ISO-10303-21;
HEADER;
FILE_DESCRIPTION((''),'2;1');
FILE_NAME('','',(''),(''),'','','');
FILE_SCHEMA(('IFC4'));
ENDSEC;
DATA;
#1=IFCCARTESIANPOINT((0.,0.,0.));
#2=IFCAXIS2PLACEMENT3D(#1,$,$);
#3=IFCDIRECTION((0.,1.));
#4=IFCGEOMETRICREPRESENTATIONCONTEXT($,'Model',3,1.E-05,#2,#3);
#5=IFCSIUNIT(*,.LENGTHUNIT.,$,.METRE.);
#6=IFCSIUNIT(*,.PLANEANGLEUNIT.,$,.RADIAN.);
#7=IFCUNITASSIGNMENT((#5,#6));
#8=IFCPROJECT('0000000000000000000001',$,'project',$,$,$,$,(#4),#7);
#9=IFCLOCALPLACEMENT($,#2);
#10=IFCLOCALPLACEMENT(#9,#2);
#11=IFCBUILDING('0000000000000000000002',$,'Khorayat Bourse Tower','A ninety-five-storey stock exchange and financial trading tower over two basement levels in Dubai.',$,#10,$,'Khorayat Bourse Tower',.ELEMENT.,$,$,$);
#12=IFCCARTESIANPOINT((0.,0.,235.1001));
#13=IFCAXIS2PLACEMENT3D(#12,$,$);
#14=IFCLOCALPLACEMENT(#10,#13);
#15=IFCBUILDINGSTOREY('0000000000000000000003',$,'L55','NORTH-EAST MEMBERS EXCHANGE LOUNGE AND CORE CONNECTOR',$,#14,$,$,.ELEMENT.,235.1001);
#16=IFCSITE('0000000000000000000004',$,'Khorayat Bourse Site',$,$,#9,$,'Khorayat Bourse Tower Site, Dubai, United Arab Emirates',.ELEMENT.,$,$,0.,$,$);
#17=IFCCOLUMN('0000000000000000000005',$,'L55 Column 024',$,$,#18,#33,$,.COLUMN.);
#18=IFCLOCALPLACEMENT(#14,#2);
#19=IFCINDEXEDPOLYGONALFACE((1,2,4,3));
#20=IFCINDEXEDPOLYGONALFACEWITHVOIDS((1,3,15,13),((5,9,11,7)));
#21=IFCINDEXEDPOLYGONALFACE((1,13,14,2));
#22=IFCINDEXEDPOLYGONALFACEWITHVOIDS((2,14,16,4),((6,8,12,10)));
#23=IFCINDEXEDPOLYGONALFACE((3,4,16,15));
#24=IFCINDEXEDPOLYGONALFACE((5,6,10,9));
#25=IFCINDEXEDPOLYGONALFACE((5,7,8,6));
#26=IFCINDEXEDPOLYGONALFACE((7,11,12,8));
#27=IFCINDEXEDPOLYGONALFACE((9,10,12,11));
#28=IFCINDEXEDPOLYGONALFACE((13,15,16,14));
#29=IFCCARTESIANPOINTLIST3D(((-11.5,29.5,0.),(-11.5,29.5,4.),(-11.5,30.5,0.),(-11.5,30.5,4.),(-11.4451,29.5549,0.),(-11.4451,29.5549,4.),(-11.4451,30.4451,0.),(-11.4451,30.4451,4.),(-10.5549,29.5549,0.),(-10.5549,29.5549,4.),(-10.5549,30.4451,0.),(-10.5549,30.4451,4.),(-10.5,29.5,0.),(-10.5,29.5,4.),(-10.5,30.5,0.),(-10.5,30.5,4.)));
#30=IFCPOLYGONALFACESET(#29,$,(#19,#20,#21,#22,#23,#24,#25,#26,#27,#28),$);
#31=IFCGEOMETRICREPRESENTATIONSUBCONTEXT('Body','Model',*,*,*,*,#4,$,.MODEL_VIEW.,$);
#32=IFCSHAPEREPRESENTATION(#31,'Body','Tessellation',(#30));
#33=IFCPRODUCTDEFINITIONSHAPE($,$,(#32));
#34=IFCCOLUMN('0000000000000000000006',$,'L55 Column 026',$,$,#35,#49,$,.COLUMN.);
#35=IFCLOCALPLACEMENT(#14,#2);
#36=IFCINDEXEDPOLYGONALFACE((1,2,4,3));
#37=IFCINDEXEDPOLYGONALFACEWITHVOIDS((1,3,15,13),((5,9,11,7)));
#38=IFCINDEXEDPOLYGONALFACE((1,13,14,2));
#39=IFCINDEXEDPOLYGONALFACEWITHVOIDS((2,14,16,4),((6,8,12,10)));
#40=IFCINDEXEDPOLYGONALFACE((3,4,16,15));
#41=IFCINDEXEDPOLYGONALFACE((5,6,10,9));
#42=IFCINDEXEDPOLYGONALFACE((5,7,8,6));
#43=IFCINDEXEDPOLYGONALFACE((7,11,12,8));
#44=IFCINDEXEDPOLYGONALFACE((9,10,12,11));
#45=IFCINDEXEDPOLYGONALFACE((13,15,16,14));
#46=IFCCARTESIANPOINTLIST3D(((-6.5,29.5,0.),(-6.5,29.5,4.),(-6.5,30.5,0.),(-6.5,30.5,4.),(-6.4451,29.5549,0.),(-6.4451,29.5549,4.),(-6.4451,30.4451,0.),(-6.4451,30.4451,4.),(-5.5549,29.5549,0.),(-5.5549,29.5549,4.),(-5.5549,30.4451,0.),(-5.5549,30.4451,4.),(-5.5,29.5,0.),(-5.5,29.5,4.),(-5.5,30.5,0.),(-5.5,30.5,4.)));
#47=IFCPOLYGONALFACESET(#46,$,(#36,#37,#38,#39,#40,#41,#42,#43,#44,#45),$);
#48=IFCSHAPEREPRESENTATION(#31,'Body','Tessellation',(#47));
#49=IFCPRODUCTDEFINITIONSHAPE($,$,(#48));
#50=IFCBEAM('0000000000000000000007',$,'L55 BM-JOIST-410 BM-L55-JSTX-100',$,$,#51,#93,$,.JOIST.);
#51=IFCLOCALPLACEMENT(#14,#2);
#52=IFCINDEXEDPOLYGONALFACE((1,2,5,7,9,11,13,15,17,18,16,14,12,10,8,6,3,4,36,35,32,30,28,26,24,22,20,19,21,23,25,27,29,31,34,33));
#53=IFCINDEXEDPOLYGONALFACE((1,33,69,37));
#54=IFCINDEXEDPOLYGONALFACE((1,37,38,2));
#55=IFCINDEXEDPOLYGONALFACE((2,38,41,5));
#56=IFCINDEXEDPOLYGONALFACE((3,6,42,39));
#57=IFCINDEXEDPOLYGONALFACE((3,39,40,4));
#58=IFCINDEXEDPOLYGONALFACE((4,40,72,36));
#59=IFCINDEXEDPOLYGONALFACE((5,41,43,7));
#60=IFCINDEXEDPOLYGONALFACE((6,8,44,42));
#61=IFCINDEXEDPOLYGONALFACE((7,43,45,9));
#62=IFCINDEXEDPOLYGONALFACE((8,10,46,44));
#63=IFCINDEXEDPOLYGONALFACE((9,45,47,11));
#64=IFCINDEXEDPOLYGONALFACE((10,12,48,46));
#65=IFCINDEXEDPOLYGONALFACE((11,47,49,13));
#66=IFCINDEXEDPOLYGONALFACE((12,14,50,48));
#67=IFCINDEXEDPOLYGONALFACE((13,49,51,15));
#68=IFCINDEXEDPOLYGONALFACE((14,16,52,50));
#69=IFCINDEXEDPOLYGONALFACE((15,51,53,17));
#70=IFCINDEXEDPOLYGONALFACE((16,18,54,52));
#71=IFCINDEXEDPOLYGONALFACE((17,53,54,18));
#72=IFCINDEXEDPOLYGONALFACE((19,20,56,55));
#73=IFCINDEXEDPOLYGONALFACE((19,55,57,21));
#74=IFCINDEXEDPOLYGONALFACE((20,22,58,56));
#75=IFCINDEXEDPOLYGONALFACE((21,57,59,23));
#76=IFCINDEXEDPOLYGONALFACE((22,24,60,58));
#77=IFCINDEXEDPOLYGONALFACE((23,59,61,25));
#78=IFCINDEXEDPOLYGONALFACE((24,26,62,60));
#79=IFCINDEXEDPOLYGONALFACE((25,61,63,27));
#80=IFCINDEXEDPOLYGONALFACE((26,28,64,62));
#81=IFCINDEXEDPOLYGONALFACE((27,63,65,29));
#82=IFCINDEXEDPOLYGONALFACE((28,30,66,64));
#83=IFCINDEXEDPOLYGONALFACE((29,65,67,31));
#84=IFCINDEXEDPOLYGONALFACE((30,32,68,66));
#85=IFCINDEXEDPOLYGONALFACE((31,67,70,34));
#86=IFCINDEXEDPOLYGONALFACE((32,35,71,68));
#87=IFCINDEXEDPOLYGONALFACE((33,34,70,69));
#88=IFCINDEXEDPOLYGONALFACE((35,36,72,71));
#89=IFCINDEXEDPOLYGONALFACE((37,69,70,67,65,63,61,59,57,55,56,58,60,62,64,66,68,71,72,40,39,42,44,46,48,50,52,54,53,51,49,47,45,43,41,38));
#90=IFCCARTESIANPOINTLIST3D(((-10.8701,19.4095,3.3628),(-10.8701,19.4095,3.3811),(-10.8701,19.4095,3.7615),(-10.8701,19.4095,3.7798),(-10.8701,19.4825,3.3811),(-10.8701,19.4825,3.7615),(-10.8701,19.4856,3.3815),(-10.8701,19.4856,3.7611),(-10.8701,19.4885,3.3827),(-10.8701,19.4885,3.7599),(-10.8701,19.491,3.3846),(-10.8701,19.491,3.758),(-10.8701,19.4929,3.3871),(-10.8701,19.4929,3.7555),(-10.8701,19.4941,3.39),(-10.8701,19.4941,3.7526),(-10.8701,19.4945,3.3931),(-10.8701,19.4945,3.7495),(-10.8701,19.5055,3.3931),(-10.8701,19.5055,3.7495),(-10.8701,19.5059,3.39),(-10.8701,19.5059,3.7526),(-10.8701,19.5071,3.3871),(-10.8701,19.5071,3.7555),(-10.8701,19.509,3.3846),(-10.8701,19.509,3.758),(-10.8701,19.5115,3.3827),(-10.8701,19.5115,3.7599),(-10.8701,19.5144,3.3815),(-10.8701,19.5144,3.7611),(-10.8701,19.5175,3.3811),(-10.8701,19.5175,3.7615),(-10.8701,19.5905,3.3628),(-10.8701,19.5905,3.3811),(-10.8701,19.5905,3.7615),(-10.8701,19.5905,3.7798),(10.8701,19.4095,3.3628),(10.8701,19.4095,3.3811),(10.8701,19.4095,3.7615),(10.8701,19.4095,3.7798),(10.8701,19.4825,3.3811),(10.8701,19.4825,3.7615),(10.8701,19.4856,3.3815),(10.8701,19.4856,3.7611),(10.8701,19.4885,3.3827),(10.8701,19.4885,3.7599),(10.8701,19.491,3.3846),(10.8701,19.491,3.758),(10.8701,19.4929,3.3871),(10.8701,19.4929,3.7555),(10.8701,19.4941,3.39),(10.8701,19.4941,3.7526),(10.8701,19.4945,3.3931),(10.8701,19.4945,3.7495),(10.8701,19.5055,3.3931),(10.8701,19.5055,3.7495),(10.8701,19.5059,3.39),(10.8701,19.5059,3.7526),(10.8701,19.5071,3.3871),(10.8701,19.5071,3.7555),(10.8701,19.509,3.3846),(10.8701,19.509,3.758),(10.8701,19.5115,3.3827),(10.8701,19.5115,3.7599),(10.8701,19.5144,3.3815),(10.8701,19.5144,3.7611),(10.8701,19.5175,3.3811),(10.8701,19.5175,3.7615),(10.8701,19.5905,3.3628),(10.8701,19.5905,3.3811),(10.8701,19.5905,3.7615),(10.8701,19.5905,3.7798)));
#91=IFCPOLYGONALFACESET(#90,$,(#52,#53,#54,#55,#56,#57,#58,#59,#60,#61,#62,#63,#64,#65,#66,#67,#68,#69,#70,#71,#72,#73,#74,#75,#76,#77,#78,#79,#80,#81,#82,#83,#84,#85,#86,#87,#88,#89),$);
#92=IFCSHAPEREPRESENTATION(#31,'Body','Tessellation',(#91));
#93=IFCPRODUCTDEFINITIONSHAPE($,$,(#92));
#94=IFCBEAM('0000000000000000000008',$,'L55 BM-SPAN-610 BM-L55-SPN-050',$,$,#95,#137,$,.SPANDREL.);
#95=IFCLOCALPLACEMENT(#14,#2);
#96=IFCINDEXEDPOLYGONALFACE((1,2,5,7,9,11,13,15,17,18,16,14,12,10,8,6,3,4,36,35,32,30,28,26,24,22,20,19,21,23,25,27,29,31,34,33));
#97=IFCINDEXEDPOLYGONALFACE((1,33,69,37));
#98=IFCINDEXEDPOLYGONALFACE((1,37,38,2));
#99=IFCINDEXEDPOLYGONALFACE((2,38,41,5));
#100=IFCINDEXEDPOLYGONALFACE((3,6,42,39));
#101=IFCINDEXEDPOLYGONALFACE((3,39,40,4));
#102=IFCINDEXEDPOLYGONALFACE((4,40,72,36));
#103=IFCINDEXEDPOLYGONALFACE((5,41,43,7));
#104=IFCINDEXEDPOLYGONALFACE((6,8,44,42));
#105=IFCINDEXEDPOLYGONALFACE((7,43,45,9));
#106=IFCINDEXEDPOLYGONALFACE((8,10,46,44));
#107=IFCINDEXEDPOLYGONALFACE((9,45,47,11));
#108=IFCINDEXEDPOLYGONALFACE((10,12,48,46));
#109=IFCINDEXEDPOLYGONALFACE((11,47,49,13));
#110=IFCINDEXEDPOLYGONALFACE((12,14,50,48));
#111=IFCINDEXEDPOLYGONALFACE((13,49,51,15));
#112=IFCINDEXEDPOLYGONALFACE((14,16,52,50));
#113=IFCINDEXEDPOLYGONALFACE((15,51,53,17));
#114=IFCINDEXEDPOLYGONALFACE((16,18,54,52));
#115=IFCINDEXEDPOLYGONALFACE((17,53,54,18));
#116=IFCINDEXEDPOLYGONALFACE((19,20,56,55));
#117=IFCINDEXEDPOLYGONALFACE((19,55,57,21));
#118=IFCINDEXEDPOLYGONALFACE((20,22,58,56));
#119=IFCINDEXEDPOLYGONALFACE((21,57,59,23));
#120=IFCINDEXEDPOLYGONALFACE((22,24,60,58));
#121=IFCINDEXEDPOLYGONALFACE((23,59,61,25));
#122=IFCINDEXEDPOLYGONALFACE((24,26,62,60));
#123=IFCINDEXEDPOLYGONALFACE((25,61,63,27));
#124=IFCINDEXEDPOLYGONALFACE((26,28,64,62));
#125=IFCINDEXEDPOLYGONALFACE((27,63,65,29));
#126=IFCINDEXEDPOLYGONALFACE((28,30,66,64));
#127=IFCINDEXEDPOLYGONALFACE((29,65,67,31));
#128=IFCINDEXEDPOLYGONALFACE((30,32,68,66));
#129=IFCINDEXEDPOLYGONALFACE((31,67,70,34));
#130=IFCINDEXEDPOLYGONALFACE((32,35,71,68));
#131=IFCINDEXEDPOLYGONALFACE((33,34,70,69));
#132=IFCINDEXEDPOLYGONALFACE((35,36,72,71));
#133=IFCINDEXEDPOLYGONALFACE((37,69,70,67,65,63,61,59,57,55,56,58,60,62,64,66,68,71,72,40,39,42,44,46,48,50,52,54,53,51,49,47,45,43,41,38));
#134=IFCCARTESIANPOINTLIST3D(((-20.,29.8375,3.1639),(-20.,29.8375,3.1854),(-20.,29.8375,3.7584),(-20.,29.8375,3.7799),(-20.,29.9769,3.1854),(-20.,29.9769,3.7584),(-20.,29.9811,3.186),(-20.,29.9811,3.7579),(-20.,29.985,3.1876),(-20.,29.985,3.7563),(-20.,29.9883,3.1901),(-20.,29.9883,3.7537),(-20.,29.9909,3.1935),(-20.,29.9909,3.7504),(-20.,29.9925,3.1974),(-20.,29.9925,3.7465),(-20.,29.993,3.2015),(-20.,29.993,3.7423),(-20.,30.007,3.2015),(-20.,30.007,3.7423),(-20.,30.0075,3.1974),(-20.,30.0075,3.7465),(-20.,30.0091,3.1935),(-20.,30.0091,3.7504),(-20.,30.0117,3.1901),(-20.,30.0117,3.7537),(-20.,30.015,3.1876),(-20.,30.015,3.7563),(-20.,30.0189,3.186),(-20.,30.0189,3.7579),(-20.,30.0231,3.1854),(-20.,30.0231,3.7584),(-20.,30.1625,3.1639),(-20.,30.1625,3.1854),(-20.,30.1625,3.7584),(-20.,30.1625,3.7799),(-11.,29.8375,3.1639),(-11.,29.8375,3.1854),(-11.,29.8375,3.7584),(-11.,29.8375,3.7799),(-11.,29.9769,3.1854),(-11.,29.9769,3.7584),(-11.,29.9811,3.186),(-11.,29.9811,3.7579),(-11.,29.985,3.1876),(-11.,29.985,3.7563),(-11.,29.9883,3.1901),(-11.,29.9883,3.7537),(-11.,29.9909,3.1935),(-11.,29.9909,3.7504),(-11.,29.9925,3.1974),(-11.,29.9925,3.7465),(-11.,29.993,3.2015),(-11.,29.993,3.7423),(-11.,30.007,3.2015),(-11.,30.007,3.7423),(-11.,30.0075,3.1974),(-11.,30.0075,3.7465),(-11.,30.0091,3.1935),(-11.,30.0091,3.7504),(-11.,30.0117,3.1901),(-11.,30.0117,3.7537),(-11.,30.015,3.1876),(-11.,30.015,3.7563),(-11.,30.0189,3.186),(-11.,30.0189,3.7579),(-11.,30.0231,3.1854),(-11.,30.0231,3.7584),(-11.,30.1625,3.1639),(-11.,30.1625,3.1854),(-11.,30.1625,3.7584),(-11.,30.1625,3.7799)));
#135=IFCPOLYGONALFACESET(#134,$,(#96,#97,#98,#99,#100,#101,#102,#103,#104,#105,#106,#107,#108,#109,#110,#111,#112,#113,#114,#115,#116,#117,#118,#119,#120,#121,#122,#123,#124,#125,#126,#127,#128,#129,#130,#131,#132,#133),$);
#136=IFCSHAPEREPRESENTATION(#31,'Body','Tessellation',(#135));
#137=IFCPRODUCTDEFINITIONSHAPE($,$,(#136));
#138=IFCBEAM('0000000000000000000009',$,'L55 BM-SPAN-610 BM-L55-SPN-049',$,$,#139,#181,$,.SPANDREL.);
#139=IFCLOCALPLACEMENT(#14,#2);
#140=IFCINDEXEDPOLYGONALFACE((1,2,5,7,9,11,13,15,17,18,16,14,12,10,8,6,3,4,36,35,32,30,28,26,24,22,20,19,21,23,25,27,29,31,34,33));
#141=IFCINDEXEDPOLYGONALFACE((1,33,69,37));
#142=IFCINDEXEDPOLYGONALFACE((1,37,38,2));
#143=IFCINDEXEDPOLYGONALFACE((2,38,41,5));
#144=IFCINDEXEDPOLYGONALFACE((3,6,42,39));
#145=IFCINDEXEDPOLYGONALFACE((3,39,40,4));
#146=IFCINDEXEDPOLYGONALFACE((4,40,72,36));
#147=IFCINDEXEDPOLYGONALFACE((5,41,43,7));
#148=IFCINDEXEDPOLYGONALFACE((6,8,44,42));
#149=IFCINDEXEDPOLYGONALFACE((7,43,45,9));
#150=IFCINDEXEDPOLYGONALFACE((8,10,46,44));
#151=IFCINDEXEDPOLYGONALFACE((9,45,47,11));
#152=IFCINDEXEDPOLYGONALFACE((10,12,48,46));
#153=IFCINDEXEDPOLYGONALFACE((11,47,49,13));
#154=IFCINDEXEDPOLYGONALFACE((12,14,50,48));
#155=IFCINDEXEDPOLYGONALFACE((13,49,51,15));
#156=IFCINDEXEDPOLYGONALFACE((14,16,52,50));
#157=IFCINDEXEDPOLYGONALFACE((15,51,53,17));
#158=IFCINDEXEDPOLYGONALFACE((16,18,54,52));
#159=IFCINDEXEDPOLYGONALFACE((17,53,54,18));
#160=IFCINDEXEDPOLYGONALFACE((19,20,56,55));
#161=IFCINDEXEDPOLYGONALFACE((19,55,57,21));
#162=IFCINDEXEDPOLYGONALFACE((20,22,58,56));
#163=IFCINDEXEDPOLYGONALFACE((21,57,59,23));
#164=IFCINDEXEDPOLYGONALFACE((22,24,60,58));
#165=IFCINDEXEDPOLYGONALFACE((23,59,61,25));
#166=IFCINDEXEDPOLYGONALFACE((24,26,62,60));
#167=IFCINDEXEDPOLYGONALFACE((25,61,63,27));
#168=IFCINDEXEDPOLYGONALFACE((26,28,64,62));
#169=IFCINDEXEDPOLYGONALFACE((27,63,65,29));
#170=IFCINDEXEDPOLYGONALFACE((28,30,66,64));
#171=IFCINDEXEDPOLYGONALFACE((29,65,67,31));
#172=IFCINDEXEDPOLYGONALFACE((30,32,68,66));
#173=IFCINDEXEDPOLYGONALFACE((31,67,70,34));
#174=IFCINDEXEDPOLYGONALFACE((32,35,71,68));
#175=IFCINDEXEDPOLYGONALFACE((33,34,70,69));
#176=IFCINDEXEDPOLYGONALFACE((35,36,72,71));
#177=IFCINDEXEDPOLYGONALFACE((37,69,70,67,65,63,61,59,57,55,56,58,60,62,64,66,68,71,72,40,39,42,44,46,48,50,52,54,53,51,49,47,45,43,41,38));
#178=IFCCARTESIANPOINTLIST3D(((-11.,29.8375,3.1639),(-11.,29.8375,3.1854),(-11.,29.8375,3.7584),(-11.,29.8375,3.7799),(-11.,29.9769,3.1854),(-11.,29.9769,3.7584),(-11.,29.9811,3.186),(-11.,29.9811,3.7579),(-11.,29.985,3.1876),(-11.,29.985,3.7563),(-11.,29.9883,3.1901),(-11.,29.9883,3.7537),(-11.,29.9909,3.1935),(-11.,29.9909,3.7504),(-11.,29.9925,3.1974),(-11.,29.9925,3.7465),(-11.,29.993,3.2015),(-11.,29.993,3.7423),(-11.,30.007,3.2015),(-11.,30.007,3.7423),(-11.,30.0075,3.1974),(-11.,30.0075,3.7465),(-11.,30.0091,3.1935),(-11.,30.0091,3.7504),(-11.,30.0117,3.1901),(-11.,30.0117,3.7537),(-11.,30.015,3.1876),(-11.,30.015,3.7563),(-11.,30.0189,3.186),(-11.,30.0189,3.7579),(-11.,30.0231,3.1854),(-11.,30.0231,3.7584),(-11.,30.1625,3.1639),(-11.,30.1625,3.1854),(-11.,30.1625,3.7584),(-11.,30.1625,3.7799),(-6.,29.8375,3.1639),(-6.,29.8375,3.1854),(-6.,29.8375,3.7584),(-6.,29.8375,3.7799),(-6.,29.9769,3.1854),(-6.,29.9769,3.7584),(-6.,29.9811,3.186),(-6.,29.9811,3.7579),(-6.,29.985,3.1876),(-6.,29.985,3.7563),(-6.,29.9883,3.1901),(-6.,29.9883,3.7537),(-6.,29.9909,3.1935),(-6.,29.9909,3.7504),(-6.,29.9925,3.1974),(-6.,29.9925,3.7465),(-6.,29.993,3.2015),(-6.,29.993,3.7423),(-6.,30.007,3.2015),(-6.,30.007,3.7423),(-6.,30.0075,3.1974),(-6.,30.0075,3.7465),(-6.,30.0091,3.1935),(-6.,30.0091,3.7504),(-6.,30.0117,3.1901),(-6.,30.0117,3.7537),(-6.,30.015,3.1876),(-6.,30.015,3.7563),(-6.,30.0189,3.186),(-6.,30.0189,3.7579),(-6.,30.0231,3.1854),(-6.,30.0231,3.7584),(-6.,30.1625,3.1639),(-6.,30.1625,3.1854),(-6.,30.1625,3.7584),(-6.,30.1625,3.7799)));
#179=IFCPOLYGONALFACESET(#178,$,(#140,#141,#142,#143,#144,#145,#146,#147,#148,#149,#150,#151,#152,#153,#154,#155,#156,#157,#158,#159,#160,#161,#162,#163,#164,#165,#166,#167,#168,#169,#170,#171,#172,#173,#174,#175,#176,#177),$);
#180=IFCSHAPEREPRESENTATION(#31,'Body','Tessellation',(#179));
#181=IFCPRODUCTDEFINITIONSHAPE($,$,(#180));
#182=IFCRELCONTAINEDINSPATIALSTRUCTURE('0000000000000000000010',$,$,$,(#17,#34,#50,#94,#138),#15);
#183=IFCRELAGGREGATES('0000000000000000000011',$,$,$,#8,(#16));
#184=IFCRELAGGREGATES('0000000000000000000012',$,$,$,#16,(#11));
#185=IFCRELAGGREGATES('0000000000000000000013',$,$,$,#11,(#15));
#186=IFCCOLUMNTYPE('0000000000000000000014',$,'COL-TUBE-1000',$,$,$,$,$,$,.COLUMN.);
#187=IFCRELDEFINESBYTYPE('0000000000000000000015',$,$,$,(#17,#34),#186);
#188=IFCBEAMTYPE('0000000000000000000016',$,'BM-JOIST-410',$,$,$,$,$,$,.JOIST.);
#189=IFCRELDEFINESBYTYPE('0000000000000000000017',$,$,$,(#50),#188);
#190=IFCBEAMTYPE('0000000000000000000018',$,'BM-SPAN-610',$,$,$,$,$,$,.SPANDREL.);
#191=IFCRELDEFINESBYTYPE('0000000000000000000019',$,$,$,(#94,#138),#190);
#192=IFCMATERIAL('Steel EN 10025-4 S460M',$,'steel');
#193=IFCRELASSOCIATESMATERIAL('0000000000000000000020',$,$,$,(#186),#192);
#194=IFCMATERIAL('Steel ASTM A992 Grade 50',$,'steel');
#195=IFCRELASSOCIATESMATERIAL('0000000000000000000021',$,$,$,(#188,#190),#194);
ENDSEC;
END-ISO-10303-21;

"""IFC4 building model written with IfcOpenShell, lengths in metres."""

from ifc_helpers import new_model, si_unit, direction, frame, origin, origin_2d, place, context, subcontext, project, spatial, hollow_rectangle, i_section, extrude, source, transform, mapped, material, material_profile, profile_set, type_object, element, save


model = new_model("IFC4")

# Units and contexts
model_context = context("Model", 3, precision=1e-05, world=origin(), true_north=direction((0.0, 1.0)))
body_context = subcontext(model_context, "Body", "Model", "MODEL_VIEW")
ifc_project = project(units=[si_unit("LENGTHUNIT", "METRE"), si_unit("PLANEANGLEUNIT", "RADIAN")], contexts=[model_context])

# Site, building, storey
site_placement = place(None, origin())
site = spatial("IfcSite", under=ifc_project, at=site_placement, Name="Khorayat Bourse Site", LongName="Khorayat Bourse Tower Site, Dubai, United Arab Emirates", CompositionType="ELEMENT", RefElevation=0.0)
building_placement = place(site_placement, origin())
building = spatial("IfcBuilding", under=site, at=building_placement, Name="Khorayat Bourse Tower", Description="A ninety-five-storey stock exchange and financial trading tower over two basement levels in Dubai.", LongName="Khorayat Bourse Tower", CompositionType="ELEMENT")
storey_placement = place(building_placement, frame((0.0, 0.0, 235.1001)))
storey = spatial("IfcBuildingStorey", under=building, at=storey_placement, Name="L55", Description="NORTH-EAST MEMBERS EXCHANGE LOUNGE AND CORE CONNECTOR", CompositionType="ELEMENT", Elevation=235.1001)

# Columns
ifc_material_1 = material(Name="Steel EN 10025-4 S460M", Category="steel")
ifc_material_profile_1 = material_profile(ifc_material_1, hollow_rectangle(XDim=1.0, YDim=1.0, WallThickness=0.0549, at=origin_2d()), Name="BOX 1000x1000x55")
ifc_profile_set_1 = profile_set([ifc_material_profile_1], Name="Steel EN 10025-4 S460M")
column_type = type_object("IfcColumnType", Name="COL-TUBE-1000", PredefinedType="COLUMN", material=ifc_profile_set_1)
shared_shape_1 = source(origin(), body_context, "Body", "SweptSolid", [
    extrude(hollow_rectangle(XDim=1.0, YDim=1.0, WallThickness=0.0549, at=origin_2d()), origin(), (0.0, 0.0, 1.0), 4.0),
])
for number, where, z_axis, x_axis, name in (
    (1, (-11.0, 30.0, 0.0), (0.0, 0.0, 1.0), (1.0, 0.0, 0.0), "L55 Column 024"),
    (2, (-6.0, 30.0, 0.0), (0.0, 0.0, 1.0), (1.0, 0.0, 0.0), "L55 Column 026"),
):
    element("IfcColumn", number, at=place(storey_placement, frame(where, z_axis=z_axis, x_axis=x_axis)), inside=storey, type_object=column_type, Name=name, PredefinedType="COLUMN", context=body_context, shape_type="MappedRepresentation", body=[
        mapped(shared_shape_1, transform((0.0, 0.0, 0.0), scale=1.0)),
    ])

# Beams
ifc_material_2 = material(Name="Steel ASTM A992 Grade 50", Category="steel")
ifc_material_profile_2 = material_profile(ifc_material_2, i_section(OverallWidth=0.1809, OverallDepth=0.417, WebThickness=0.011, FlangeThickness=0.0183, FilletRadius=0.012, at=origin_2d()), Name="W410X85")
ifc_profile_set_2 = profile_set([ifc_material_profile_2], Name="Steel ASTM A992 Grade 50")
beam_type_1 = type_object("IfcBeamType", Name="BM-JOIST-410", PredefinedType="JOIST", material=ifc_profile_set_2)
shared_shape_2 = source(origin(), body_context, "Body", "SweptSolid", [
    extrude(i_section(OverallWidth=0.1809, OverallDepth=0.417, WebThickness=0.011, FlangeThickness=0.0183, FilletRadius=0.012, at=origin_2d()), origin(), (0.0, 0.0, 1.0), 21.7402),
])
beam_1_placement = place(storey_placement, frame((-10.8701, 19.5, 3.5713), z_axis=(1.0, 0.0, 0.0), x_axis=(0.0, 1.0, 0.0)))
element("IfcBeam", 3, at=beam_1_placement, inside=storey, type_object=beam_type_1, Name="L55 BM-JOIST-410 BM-L55-JSTX-100", PredefinedType="JOIST", context=body_context, shape_type="MappedRepresentation", body=[
    mapped(shared_shape_2, transform((0.0, 0.0, 0.0), scale=1.0)),
])
ifc_material_profile_3 = material_profile(ifc_material_2, i_section(OverallWidth=0.325, OverallDepth=0.616, WebThickness=0.0139, FlangeThickness=0.0215, FilletRadius=0.0161, at=origin_2d()), Name="W610X174")
ifc_profile_set_3 = profile_set([ifc_material_profile_3], Name="Steel ASTM A992 Grade 50")
beam_type_2 = type_object("IfcBeamType", Name="BM-SPAN-610", PredefinedType="SPANDREL", material=ifc_profile_set_3)
shared_shape_3 = source(origin(), body_context, "Body", "SweptSolid", [
    extrude(i_section(OverallWidth=0.325, OverallDepth=0.616, WebThickness=0.0139, FlangeThickness=0.0215, FilletRadius=0.0161, at=origin_2d()), origin(), (0.0, 0.0, 1.0), 9.0),
])
beam_2_placement = place(storey_placement, frame((-20.0, 30.0, 3.4719), z_axis=(1.0, 0.0, 0.0), x_axis=(0.0, 1.0, 0.0)))
element("IfcBeam", 4, at=beam_2_placement, inside=storey, type_object=beam_type_2, Name="L55 BM-SPAN-610 BM-L55-SPN-050", PredefinedType="SPANDREL", context=body_context, shape_type="MappedRepresentation", body=[
    mapped(shared_shape_3, transform((0.0, 0.0, 0.0), scale=1.0)),
])
shared_shape_4 = source(origin(), body_context, "Body", "SweptSolid", [
    extrude(i_section(OverallWidth=0.325, OverallDepth=0.616, WebThickness=0.0139, FlangeThickness=0.0215, FilletRadius=0.0161, at=origin_2d()), origin(), (0.0, 0.0, 1.0), 5.0),
])
beam_3_placement = place(storey_placement, frame((-11.0, 30.0, 3.4719), z_axis=(1.0, 0.0, 0.0), x_axis=(0.0, 1.0, 0.0)))
element("IfcBeam", 5, at=beam_3_placement, inside=storey, type_object=beam_type_2, Name="L55 BM-SPAN-610 BM-L55-SPN-049", PredefinedType="SPANDREL", context=body_context, shape_type="MappedRepresentation", body=[
    mapped(shared_shape_4, transform((0.0, 0.0, 0.0), scale=1.0)),
])

save(model, "model.ifc")
